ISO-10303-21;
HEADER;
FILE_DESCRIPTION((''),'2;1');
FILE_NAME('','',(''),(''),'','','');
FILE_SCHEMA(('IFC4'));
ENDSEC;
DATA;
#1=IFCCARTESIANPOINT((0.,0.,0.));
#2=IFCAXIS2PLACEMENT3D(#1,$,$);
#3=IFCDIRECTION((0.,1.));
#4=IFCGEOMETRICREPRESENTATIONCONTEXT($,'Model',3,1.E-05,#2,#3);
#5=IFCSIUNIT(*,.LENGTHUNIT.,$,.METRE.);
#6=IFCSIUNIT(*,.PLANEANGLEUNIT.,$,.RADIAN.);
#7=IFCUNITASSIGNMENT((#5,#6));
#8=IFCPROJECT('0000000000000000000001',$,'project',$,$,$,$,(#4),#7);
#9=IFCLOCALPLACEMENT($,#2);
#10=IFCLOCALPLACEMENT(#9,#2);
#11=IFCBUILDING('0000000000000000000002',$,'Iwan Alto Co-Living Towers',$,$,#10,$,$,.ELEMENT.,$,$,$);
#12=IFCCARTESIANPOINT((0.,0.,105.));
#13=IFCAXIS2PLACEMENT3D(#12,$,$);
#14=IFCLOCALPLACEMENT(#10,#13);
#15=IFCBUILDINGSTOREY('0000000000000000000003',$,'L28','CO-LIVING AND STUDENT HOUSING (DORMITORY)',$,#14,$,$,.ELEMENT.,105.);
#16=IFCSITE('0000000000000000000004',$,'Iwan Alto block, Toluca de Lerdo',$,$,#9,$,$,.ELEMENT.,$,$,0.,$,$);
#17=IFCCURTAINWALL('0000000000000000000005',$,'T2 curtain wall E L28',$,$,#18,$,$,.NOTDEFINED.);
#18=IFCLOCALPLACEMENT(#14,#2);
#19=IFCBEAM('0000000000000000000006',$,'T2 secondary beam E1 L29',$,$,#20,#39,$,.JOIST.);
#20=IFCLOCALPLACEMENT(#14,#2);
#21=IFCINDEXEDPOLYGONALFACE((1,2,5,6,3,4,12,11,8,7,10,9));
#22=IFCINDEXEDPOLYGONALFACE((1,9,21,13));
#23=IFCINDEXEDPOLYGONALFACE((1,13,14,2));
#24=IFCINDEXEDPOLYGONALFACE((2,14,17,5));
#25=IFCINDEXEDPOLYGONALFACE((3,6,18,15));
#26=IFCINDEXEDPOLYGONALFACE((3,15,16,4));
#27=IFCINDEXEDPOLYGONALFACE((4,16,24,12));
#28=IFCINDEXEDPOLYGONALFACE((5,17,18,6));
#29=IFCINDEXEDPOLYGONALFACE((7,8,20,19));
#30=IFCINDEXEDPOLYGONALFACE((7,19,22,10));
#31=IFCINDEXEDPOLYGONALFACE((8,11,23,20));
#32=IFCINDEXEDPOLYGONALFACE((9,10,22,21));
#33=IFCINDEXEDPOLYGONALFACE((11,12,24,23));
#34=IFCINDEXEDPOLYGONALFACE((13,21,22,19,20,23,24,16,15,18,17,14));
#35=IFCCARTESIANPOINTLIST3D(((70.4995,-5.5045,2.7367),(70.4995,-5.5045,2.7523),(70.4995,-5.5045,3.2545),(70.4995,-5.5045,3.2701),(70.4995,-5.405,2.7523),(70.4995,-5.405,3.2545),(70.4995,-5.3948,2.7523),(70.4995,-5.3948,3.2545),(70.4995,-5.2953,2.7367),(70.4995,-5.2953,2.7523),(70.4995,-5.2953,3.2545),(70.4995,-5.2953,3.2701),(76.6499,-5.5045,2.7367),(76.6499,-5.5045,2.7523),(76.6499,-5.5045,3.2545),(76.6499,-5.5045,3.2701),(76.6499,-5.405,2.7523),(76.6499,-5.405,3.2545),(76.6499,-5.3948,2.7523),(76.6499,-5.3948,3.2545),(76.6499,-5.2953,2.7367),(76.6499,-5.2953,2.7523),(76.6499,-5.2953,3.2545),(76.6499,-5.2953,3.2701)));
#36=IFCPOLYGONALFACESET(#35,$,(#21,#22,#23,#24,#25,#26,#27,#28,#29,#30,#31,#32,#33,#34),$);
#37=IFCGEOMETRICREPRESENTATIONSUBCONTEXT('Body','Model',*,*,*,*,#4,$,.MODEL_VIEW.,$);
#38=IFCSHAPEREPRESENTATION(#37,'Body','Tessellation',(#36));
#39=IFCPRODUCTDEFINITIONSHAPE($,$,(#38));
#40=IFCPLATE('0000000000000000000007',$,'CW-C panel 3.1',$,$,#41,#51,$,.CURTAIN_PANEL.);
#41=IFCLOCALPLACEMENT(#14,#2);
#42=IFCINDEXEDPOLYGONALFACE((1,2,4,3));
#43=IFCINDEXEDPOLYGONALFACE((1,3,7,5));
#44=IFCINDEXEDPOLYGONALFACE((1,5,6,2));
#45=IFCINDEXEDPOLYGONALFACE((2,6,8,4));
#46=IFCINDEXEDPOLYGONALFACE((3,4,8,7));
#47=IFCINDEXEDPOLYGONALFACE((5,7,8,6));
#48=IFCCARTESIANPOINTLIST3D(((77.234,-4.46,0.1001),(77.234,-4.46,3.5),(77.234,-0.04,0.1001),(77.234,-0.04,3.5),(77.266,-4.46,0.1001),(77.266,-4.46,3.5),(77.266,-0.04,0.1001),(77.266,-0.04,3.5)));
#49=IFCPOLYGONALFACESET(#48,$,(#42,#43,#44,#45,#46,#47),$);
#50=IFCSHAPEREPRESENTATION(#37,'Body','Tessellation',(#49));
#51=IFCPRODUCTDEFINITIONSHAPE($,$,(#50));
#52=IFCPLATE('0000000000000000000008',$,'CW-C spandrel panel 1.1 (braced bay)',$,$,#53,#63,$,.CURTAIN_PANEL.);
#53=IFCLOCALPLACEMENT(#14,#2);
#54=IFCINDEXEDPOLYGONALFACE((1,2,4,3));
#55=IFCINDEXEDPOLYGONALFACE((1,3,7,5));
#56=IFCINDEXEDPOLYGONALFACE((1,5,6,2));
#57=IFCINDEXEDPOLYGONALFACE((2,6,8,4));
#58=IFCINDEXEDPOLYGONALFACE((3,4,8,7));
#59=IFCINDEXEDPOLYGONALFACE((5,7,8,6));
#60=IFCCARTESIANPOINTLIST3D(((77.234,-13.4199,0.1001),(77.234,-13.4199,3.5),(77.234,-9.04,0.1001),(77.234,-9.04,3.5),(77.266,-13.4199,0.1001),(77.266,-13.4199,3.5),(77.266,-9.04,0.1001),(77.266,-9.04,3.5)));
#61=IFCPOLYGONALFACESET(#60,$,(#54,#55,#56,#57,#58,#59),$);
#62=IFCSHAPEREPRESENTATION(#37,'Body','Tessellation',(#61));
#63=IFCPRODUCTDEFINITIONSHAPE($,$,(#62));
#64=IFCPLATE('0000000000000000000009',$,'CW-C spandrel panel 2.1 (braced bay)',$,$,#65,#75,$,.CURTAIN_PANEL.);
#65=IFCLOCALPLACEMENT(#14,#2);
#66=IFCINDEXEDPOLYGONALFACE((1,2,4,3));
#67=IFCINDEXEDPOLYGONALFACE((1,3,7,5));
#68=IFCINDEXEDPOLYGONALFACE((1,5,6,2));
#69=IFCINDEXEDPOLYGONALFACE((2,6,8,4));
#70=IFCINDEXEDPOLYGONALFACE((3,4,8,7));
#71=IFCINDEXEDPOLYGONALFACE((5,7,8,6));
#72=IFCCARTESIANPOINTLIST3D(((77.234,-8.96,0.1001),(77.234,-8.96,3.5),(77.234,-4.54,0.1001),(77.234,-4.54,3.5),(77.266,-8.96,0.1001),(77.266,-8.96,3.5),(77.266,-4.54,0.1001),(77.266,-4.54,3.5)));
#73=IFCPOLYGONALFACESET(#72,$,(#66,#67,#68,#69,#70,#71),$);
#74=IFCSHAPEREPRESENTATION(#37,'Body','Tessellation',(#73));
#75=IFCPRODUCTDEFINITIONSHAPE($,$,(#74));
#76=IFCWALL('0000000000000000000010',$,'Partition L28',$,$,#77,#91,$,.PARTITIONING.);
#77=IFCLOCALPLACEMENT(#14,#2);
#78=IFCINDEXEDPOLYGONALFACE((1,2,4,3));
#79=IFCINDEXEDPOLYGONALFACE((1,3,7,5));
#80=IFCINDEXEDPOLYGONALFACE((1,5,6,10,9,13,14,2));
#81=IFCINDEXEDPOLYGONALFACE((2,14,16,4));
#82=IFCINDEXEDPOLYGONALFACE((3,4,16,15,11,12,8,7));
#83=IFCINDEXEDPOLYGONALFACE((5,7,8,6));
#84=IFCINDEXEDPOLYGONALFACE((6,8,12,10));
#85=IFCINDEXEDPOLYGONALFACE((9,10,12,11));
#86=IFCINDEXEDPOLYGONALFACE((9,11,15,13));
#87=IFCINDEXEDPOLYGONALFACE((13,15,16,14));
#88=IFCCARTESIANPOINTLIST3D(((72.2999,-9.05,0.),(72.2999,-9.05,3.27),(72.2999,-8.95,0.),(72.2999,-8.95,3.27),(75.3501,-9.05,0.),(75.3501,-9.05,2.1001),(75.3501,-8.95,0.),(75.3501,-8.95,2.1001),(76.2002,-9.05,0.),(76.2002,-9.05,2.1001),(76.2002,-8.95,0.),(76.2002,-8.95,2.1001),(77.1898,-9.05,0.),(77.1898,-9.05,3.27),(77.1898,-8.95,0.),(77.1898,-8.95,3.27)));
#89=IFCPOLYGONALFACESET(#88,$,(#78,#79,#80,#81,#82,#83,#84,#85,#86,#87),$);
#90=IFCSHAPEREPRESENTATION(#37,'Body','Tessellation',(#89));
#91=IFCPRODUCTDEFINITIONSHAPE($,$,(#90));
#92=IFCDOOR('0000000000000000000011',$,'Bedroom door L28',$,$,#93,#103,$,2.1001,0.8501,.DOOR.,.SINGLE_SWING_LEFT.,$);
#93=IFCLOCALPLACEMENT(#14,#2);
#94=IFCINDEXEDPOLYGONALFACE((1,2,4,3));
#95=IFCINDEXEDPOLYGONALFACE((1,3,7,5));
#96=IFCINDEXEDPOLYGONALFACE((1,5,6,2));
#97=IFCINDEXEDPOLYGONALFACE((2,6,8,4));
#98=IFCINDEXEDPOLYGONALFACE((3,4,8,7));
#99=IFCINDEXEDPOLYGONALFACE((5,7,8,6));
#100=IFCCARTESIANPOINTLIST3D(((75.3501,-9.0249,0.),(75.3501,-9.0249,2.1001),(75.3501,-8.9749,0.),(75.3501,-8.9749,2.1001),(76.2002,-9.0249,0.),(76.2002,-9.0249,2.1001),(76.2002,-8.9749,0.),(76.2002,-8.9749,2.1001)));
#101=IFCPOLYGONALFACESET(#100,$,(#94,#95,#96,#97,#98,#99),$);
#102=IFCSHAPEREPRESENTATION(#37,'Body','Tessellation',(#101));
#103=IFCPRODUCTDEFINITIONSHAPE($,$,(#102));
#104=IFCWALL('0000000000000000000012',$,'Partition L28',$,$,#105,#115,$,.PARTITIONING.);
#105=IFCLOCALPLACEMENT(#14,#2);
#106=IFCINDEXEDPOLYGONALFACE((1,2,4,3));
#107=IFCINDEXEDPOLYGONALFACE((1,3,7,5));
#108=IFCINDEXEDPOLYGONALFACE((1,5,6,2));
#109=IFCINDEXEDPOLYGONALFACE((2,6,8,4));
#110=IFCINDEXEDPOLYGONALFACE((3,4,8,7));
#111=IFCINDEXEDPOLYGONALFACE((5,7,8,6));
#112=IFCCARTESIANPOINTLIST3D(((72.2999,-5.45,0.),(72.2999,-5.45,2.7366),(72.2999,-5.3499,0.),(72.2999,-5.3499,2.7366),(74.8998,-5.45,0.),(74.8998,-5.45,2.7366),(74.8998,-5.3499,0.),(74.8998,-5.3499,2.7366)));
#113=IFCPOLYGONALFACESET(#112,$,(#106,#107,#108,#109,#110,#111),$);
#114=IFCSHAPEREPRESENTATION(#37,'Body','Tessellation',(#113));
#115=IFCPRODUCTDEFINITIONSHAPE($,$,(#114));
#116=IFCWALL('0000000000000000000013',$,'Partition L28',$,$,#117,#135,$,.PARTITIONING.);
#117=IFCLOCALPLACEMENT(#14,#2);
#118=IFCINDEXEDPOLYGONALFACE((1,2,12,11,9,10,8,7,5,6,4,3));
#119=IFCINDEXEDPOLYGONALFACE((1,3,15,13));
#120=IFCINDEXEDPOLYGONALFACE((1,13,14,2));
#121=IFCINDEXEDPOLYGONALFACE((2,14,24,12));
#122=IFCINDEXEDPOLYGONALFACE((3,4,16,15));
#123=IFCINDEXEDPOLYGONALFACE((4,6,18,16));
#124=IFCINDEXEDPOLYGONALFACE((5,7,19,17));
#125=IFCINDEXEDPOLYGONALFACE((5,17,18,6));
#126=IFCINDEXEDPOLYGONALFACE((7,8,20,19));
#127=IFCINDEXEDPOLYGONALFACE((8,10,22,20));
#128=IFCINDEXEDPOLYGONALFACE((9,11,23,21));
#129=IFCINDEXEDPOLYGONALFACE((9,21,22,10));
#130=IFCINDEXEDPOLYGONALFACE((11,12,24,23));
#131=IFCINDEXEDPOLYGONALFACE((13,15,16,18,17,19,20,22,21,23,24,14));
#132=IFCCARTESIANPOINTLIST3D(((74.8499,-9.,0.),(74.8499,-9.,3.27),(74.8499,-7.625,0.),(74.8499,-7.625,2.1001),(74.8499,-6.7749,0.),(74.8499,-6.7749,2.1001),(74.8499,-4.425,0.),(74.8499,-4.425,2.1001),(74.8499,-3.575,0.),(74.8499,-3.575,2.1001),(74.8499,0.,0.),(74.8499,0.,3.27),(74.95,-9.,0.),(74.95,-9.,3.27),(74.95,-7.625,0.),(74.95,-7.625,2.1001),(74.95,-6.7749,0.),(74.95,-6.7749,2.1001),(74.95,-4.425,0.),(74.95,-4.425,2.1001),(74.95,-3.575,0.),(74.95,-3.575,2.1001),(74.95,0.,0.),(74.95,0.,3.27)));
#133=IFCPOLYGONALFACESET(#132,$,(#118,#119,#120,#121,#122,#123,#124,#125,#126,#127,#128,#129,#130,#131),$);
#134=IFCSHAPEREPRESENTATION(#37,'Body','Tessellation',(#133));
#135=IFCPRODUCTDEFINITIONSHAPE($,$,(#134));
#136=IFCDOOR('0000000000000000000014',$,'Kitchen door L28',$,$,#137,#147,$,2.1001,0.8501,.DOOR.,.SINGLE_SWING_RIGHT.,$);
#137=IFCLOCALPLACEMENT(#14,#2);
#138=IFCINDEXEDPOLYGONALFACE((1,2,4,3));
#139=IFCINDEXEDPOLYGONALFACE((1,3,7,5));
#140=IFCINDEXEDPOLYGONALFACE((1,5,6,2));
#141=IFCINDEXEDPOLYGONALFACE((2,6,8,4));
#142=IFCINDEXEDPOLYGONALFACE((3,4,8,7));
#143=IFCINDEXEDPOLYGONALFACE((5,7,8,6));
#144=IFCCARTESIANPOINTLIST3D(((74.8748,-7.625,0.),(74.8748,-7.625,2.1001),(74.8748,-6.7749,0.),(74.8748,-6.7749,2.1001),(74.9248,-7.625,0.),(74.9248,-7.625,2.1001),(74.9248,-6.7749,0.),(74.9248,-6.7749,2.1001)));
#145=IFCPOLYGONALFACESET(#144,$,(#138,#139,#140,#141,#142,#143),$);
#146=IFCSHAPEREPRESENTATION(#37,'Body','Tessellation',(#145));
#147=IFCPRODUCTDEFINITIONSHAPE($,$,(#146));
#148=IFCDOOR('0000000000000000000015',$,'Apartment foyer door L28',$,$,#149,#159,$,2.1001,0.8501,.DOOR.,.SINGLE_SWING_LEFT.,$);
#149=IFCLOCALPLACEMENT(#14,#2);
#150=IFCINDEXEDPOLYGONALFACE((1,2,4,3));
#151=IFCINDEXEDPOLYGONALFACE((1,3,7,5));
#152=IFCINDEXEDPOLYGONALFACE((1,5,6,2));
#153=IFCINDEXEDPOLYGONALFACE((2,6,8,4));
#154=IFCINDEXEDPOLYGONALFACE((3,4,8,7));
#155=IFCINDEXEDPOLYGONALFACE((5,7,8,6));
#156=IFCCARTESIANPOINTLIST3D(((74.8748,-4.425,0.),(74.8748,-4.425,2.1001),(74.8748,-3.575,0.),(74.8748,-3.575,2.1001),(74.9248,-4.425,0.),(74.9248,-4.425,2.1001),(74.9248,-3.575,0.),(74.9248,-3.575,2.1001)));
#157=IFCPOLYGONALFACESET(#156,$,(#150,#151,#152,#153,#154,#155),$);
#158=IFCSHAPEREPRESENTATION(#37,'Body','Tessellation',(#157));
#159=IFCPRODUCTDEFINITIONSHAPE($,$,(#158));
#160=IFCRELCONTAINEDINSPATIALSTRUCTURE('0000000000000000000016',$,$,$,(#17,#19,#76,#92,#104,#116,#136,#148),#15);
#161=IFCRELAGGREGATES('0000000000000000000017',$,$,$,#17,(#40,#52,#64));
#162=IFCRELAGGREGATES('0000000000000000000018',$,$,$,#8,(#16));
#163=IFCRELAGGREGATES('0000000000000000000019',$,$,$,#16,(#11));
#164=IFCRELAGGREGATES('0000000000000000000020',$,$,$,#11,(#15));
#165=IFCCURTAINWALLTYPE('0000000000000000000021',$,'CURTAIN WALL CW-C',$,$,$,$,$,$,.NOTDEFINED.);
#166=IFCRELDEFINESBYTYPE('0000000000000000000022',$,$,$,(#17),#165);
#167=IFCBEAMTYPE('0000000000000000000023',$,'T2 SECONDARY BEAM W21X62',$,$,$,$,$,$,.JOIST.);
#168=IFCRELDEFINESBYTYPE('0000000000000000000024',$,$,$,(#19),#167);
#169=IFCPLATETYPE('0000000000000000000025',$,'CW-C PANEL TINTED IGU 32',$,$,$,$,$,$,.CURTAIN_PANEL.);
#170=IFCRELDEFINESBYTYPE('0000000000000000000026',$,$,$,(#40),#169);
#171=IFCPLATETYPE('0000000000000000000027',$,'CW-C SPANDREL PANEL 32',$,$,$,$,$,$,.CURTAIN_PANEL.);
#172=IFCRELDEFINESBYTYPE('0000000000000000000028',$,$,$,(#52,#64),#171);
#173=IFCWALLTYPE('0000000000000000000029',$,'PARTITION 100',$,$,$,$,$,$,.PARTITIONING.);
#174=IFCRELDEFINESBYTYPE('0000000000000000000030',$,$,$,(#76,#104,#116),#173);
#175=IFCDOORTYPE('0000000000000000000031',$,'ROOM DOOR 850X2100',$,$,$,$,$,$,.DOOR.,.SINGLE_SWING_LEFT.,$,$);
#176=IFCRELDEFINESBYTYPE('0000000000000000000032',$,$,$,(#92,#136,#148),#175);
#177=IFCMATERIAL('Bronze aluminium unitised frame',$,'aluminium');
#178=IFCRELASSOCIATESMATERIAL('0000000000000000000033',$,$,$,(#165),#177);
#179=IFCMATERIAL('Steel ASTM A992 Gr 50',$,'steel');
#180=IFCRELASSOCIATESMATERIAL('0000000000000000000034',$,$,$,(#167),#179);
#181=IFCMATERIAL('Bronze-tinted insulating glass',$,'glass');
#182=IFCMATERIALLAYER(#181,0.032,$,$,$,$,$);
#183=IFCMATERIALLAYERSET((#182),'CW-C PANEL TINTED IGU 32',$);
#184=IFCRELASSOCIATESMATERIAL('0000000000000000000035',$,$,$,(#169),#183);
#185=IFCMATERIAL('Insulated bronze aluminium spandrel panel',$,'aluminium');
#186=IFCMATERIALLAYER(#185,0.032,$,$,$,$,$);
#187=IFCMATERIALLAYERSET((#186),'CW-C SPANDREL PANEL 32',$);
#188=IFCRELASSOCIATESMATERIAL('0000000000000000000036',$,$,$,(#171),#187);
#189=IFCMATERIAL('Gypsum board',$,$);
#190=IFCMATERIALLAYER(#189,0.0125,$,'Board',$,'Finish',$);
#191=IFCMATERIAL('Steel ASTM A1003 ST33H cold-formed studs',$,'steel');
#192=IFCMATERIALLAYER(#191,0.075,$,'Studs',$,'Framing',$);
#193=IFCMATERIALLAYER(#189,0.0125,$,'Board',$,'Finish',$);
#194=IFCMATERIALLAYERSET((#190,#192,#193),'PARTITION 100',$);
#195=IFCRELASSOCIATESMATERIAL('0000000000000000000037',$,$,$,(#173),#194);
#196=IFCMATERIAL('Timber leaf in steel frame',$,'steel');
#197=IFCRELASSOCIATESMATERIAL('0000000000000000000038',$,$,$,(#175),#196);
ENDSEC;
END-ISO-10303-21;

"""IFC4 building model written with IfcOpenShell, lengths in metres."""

from ifc_helpers import new_model, si_unit, direction, frame, frame_2d, origin, origin_2d, place, context, subcontext, project, spatial, rectangle, i_section, extrude, material, layer, layer_set, material_profile, profile_set, type_object, element, fill, aggregate, save


model = new_model("IFC4")

# Units and contexts
model_context = context("Model", 3, precision=1e-05, world=origin(), true_north=direction((0.0, 1.0)))
body_context = subcontext(model_context, "Body", "Model", "MODEL_VIEW")
ifc_project = project(units=[si_unit("LENGTHUNIT", "METRE"), si_unit("PLANEANGLEUNIT", "RADIAN")], contexts=[model_context])

# Site, building, storey
site_placement = place(None, origin())
site = spatial("IfcSite", under=ifc_project, at=site_placement, Name="Iwan Alto block, Toluca de Lerdo", CompositionType="ELEMENT", RefElevation=0.0)
building_placement = place(site_placement, origin())
building = spatial("IfcBuilding", under=site, at=building_placement, Name="Iwan Alto Co-Living Towers", CompositionType="ELEMENT")
storey_placement = place(building_placement, frame((0.0, 0.0, 105.0)))
storey = spatial("IfcBuildingStorey", under=building, at=storey_placement, Name="L28", Description="CO-LIVING AND STUDENT HOUSING (DORMITORY)", CompositionType="ELEMENT", Elevation=105.0)

# Curtain wall
ifc_material_1 = material(Name="Bronze aluminium unitised frame", Category="aluminium")
curtain_wall_type = type_object("IfcCurtainWallType", Name="CURTAIN WALL CW-C", PredefinedType="NOTDEFINED", material=ifc_material_1)
curtain_wall_placement = place(storey_placement, origin())
curtain_wall = element("IfcCurtainWall", 1, at=curtain_wall_placement, inside=storey, type_object=curtain_wall_type, Name="T2 curtain wall E L28", PredefinedType="NOTDEFINED")

# Beam
ifc_material_2 = material(Name="Steel ASTM A992 Gr 50", Category="steel")
ifc_material_profile_1 = material_profile(ifc_material_2, i_section(OverallWidth=0.2092, OverallDepth=0.5334, WebThickness=0.0103, FlangeThickness=0.0156, at=origin_2d()), Name="W21X62")
ifc_profile_set_1 = profile_set([ifc_material_profile_1], Name="Steel ASTM A992 Gr 50")
beam_type_1 = type_object("IfcBeamType", Name="T2 SECONDARY BEAM W21X62", PredefinedType="JOIST", material=ifc_profile_set_1)
beam_1_placement = place(storey_placement, frame((76.6499, -5.3999, 3.0034), z_axis=(-1.0, 0.0, 0.0), x_axis=(0.0, -1.0, 0.0)))
element("IfcBeam", 2, at=beam_1_placement, inside=storey, type_object=beam_type_1, Name="T2 secondary beam E1 L29", PredefinedType="JOIST", context=body_context, shape_type="SweptSolid", body=[
    extrude(i_section(OverallWidth=0.2092, OverallDepth=0.5334, WebThickness=0.0103, FlangeThickness=0.0156, at=origin_2d()), origin(), (0.0, 0.0, 1.0), 6.1504),
])

# Plates
ifc_material_3 = material(Name="Bronze-tinted insulating glass", Category="glass")
ifc_layer_1 = layer(ifc_material_3, 0.032)
ifc_layer_set_1 = layer_set([ifc_layer_1], Name="CW-C PANEL TINTED IGU 32")
plate_type_1 = type_object("IfcPlateType", Name="CW-C PANEL TINTED IGU 32", PredefinedType="CURTAIN_PANEL", material=ifc_layer_set_1)
plate_1_placement = place(storey_placement, frame((77.25, -2.25, 0.1001), z_axis=(0.0, 0.0, 1.0), x_axis=(0.0, 1.0, 0.0)))
plate_1 = element("IfcPlate", 3, at=plate_1_placement, type_object=plate_type_1, Name="CW-C panel 3.1", PredefinedType="CURTAIN_PANEL", context=body_context, shape_type="SweptSolid", body=[
    extrude(rectangle(XDim=4.4199, YDim=0.032, at=origin_2d()), origin(), (0.0, 0.0, 1.0), 3.3999),
])
ifc_material_4 = material(Name="Insulated bronze aluminium spandrel panel", Category="aluminium")
ifc_layer_2 = layer(ifc_material_4, 0.032)
ifc_layer_set_2 = layer_set([ifc_layer_2], Name="CW-C SPANDREL PANEL 32")
plate_type_2 = type_object("IfcPlateType", Name="CW-C SPANDREL PANEL 32", PredefinedType="CURTAIN_PANEL", material=ifc_layer_set_2)
plate_2_placement = place(storey_placement, frame((77.25, -11.23, 0.1001), z_axis=(0.0, 0.0, 1.0), x_axis=(0.0, 1.0, 0.0)))
plate_2 = element("IfcPlate", 4, at=plate_2_placement, type_object=plate_type_2, Name="CW-C spandrel panel 1.1 (braced bay)", PredefinedType="CURTAIN_PANEL", context=body_context, shape_type="SweptSolid", body=[
    extrude(rectangle(XDim=4.3799, YDim=0.032, at=origin_2d()), origin(), (0.0, 0.0, 1.0), 3.3999),
])
plate_3_placement = place(storey_placement, frame((77.25, -6.75, 0.1001), z_axis=(0.0, 0.0, 1.0), x_axis=(0.0, 1.0, 0.0)))
plate_3 = element("IfcPlate", 5, at=plate_3_placement, type_object=plate_type_2, Name="CW-C spandrel panel 2.1 (braced bay)", PredefinedType="CURTAIN_PANEL", context=body_context, shape_type="SweptSolid", body=[
    extrude(rectangle(XDim=4.4199, YDim=0.032, at=origin_2d()), origin(), (0.0, 0.0, 1.0), 3.3999),
])
aggregate(curtain_wall, [plate_1, plate_2, plate_3])

# Wall, opening, door
ifc_material_5 = material(Name="Gypsum board")
ifc_layer_3 = layer(ifc_material_5, 0.0125, Name="Board", Category="Finish")
ifc_material_6 = material(Name="Steel ASTM A1003 ST33H cold-formed studs", Category="steel")
ifc_layer_4 = layer(ifc_material_6, 0.075, Name="Studs", Category="Framing")
ifc_layer_5 = layer(ifc_material_5, 0.0125, Name="Board", Category="Finish")
ifc_layer_set_3 = layer_set([ifc_layer_3, ifc_layer_4, ifc_layer_5], Name="PARTITION 100")
wall_type_1 = type_object("IfcWallType", Name="PARTITION 100", PredefinedType="PARTITIONING", material=ifc_layer_set_3)
wall_1_placement = place(storey_placement, frame((72.3, -9.0, 0.0), z_axis=(0.0, 0.0, 1.0), x_axis=(1.0, 0.0, 0.0)))
wall_1 = element("IfcWall", 6, at=wall_1_placement, inside=storey, type_object=wall_type_1, Name="Partition L28", PredefinedType="PARTITIONING", context=body_context, shape_type="SweptSolid", body=[
    extrude(rectangle(XDim=4.8899, YDim=0.1001, at=frame_2d((2.4448, 0.0))), origin(), (0.0, 0.0, 1.0), 3.27),
])
opening_1_placement = place(wall_1_placement, frame((3.05, 0.0, 0.0)))
opening_1 = element("IfcOpeningElement", 7, at=opening_1_placement, cuts=wall_1, PredefinedType="OPENING", context=body_context, shape_type="SweptSolid", body=[
    extrude(rectangle(XDim=0.8501, YDim=2.1001, at=frame_2d((0.425, 1.05))), frame((0.0, 0.0601, 0.0), z_axis=(0.0, -1.0, 0.0), x_axis=(1.0, 0.0, 0.0)), (0.0, 0.0, 1.0), 0.1201),
])
ifc_material_7 = material(Name="Timber leaf in steel frame", Category="steel")
door_type = type_object("IfcDoorType", Name="ROOM DOOR 850X2100", OperationType="SINGLE_SWING_LEFT", PredefinedType="DOOR", material=ifc_material_7)
door_1_placement = place(opening_1_placement, frame((0.8501, 0.0, 0.0), z_axis=(0.0, 0.0, 1.0), x_axis=(-1.0, 0.0, 0.0)))
door_1 = element("IfcDoor", 8, at=door_1_placement, inside=storey, type_object=door_type, Name="Bedroom door L28", OperationType="SINGLE_SWING_LEFT", OverallHeight=2.1001, OverallWidth=0.8501, PredefinedType="DOOR", context=body_context, shape_type="SweptSolid", body=[
    extrude(rectangle(XDim=0.8501, YDim=2.1001, at=frame_2d((0.425, 1.05))), frame((0.0, 0.0249, 0.0), z_axis=(0.0, -1.0, 0.0), x_axis=(1.0, 0.0, 0.0)), (0.0, 0.0, 1.0), 0.05),
])
fill(opening_1, door_1)

# Wall
wall_2_placement = place(storey_placement, frame((72.3, -5.3999, 0.0), z_axis=(0.0, 0.0, 1.0), x_axis=(1.0, 0.0, 0.0)))
element("IfcWall", 9, at=wall_2_placement, inside=storey, type_object=wall_type_1, Name="Partition L28", PredefinedType="PARTITIONING", context=body_context, shape_type="SweptSolid", body=[
    extrude(rectangle(XDim=2.5999, YDim=0.1001, at=frame_2d((1.2998, 0.0))), origin(), (0.0, 0.0, 1.0), 2.7366),
])

# Wall, openings, doors
wall_3_placement = place(storey_placement, frame((74.8999, -9.0, 0.0), z_axis=(0.0, 0.0, 1.0), x_axis=(0.0, 1.0, 0.0)))
wall_3 = element("IfcWall", 10, at=wall_3_placement, inside=storey, type_object=wall_type_1, Name="Partition L28", PredefinedType="PARTITIONING", context=body_context, shape_type="SweptSolid", body=[
    extrude(rectangle(XDim=9.0, YDim=0.1001, at=frame_2d((4.5, 0.0))), origin(), (0.0, 0.0, 1.0), 3.27),
])
opening_2_placement = place(wall_3_placement, frame((1.375, 0.0, 0.0)))
opening_2 = element("IfcOpeningElement", 11, at=opening_2_placement, cuts=wall_3, PredefinedType="OPENING", context=body_context, shape_type="SweptSolid", body=[
    extrude(rectangle(XDim=0.8501, YDim=2.1001, at=frame_2d((0.425, 1.05))), frame((0.0, 0.0601, 0.0), z_axis=(0.0, -1.0, 0.0), x_axis=(1.0, 0.0, 0.0)), (0.0, 0.0, 1.0), 0.1201),
])
opening_3_placement = place(wall_3_placement, frame((4.575, 0.0, 0.0)))
opening_3 = element("IfcOpeningElement", 12, at=opening_3_placement, cuts=wall_3, PredefinedType="OPENING", context=body_context, shape_type="SweptSolid", body=[
    extrude(rectangle(XDim=0.8501, YDim=2.1001, at=frame_2d((0.425, 1.05))), frame((0.0, 0.0601, 0.0), z_axis=(0.0, -1.0, 0.0), x_axis=(1.0, 0.0, 0.0)), (0.0, 0.0, 1.0), 0.1201),
])
door_2_placement = place(opening_2_placement, frame((0.8501, 0.0, 0.0), z_axis=(0.0, 0.0, 1.0), x_axis=(-1.0, 0.0, 0.0)))
door_2 = element("IfcDoor", 13, at=door_2_placement, inside=storey, type_object=door_type, Name="Kitchen door L28", OperationType="SINGLE_SWING_RIGHT", OverallHeight=2.1001, OverallWidth=0.8501, PredefinedType="DOOR", context=body_context, shape_type="SweptSolid", body=[
    extrude(rectangle(XDim=0.8501, YDim=2.1001, at=frame_2d((0.425, 1.05))), frame((0.0, 0.0249, 0.0), z_axis=(0.0, -1.0, 0.0), x_axis=(1.0, 0.0, 0.0)), (0.0, 0.0, 1.0), 0.05),
])
fill(opening_2, door_2)
door_3_placement = place(opening_3_placement, frame((0.8501, 0.0, 0.0), z_axis=(0.0, 0.0, 1.0), x_axis=(-1.0, 0.0, 0.0)))
door_3 = element("IfcDoor", 14, at=door_3_placement, inside=storey, type_object=door_type, Name="Apartment foyer door L28", OperationType="SINGLE_SWING_LEFT", OverallHeight=2.1001, OverallWidth=0.8501, PredefinedType="DOOR", context=body_context, shape_type="SweptSolid", body=[
    extrude(rectangle(XDim=0.8501, YDim=2.1001, at=frame_2d((0.425, 1.05))), frame((0.0, 0.0249, 0.0), z_axis=(0.0, -1.0, 0.0), x_axis=(1.0, 0.0, 0.0)), (0.0, 0.0, 1.0), 0.05),
])
fill(opening_3, door_3)

save(model, "model.ifc")
